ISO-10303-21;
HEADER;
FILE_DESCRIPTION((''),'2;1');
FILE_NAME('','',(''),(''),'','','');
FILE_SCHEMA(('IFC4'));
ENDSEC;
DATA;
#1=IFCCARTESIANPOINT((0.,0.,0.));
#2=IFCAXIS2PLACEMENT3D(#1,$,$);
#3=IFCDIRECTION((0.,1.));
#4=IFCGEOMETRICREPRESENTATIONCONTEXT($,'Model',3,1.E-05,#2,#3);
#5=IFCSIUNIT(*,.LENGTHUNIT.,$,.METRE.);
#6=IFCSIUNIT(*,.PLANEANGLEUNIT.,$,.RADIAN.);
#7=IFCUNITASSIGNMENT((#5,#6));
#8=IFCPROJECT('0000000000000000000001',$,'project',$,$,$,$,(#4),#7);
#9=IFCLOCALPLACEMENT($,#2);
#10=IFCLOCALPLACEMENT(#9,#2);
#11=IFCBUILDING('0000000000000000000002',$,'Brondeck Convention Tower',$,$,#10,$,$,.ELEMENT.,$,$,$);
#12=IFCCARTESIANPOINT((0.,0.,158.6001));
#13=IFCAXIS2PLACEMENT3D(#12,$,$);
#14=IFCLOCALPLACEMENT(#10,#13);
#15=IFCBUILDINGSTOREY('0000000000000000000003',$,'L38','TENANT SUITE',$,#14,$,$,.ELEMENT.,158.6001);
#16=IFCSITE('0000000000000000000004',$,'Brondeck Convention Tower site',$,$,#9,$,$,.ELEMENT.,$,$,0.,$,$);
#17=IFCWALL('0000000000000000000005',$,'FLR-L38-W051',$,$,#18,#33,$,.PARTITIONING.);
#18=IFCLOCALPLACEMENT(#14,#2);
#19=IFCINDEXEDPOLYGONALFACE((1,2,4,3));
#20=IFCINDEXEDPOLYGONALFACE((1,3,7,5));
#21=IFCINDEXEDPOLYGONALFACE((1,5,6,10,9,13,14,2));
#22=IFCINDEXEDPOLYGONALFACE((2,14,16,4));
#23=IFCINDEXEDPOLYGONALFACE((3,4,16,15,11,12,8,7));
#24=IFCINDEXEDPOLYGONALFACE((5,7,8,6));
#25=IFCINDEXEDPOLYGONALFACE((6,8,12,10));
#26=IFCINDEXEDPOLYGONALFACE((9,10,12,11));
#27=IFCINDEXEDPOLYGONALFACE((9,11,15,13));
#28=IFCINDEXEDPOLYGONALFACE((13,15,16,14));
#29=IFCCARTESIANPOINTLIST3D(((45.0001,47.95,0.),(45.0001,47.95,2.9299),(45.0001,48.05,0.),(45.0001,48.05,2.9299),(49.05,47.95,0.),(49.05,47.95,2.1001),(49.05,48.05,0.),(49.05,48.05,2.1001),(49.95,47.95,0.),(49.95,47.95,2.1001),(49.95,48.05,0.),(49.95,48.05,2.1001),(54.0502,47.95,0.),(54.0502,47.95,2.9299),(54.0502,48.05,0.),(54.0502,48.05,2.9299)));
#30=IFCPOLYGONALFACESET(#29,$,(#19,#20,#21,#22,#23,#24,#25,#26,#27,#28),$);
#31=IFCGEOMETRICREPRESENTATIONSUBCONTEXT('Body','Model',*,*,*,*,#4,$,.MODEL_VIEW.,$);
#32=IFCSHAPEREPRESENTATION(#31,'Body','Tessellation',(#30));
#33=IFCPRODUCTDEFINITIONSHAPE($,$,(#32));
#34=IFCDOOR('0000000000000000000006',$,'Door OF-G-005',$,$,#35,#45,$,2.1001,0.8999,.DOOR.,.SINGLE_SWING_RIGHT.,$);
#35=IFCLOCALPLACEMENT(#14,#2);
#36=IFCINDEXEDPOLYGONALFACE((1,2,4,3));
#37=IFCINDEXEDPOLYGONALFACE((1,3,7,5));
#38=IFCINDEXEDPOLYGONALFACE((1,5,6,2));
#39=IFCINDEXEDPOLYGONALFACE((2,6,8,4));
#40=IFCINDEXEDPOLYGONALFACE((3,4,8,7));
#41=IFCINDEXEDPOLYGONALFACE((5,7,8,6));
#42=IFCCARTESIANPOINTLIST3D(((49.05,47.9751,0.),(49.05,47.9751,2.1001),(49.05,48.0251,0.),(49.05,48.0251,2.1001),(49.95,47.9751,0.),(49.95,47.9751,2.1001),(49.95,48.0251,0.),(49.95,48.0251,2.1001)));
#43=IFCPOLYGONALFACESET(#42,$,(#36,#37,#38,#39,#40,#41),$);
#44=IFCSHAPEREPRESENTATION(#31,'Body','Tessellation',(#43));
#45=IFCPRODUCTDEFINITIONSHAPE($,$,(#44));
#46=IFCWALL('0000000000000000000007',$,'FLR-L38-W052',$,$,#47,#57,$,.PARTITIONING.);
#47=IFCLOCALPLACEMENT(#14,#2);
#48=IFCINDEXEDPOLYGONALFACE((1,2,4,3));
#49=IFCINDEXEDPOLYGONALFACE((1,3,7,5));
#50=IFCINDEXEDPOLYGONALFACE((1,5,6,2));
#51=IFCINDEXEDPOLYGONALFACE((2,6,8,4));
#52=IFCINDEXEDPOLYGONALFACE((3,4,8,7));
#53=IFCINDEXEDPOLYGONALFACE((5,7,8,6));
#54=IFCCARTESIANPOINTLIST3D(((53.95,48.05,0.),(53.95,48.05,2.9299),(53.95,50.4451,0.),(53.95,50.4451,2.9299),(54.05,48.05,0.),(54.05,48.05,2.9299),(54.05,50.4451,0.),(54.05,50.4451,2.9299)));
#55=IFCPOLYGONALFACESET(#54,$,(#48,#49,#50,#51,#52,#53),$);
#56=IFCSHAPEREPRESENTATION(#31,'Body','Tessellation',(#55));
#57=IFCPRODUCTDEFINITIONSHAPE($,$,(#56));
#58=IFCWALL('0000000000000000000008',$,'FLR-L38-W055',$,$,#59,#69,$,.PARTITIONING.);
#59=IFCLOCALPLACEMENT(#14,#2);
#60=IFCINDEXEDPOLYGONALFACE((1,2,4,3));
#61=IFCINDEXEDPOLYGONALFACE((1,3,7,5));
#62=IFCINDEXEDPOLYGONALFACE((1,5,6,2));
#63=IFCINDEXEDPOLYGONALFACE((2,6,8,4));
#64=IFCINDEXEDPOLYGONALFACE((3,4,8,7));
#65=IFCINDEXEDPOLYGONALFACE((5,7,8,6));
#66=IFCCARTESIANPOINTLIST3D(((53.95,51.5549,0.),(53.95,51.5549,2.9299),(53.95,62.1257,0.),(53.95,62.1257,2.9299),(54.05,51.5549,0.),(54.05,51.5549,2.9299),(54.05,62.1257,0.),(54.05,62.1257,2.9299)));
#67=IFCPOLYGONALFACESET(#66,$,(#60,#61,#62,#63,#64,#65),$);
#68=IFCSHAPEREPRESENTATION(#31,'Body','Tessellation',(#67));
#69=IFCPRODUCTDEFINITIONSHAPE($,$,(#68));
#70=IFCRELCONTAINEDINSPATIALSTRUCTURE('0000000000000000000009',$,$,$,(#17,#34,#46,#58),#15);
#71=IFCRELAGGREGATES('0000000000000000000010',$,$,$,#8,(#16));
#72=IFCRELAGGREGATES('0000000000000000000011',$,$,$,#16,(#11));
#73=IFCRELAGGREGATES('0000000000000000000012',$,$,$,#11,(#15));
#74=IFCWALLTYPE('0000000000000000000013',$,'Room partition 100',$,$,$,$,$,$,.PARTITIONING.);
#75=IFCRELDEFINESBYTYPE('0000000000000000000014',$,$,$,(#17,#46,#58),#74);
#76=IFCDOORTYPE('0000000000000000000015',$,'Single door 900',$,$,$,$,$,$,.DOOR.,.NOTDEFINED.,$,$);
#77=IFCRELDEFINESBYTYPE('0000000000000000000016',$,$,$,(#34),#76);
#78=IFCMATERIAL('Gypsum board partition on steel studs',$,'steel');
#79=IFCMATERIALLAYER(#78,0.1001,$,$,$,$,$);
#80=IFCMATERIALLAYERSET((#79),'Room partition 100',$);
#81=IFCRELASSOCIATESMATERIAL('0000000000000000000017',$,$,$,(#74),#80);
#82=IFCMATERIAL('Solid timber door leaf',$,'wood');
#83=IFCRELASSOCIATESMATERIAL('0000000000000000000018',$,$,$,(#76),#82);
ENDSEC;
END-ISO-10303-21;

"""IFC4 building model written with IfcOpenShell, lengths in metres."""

from ifc_helpers import new_model, si_unit, direction, frame, frame_2d, origin, place, context, subcontext, project, spatial, rectangle, extrude, material, layer, layer_set, type_object, element, fill, save


model = new_model("IFC4")

# Units and contexts
model_context = context("Model", 3, precision=1e-05, world=origin(), true_north=direction((0.0, 1.0)))
body_context = subcontext(model_context, "Body", "Model", "MODEL_VIEW")
ifc_project = project(units=[si_unit("LENGTHUNIT", "METRE"), si_unit("PLANEANGLEUNIT", "RADIAN")], contexts=[model_context])

# Site, building, storey
site_placement = place(None, origin())
site = spatial("IfcSite", under=ifc_project, at=site_placement, Name="Brondeck Convention Tower site", CompositionType="ELEMENT", RefElevation=0.0)
building_placement = place(site_placement, origin())
building = spatial("IfcBuilding", under=site, at=building_placement, Name="Brondeck Convention Tower", CompositionType="ELEMENT")
storey_placement = place(building_placement, frame((0.0, 0.0, 158.6001)))
storey = spatial("IfcBuildingStorey", under=building, at=storey_placement, Name="L38", Description="TENANT SUITE", CompositionType="ELEMENT", Elevation=158.6001)

# Wall, opening, door
ifc_material_1 = material(Name="Gypsum board partition on steel studs", Category="steel")
ifc_layer_1 = layer(ifc_material_1, 0.1001)
ifc_layer_set_1 = layer_set([ifc_layer_1], Name="Room partition 100")
wall_type_1 = type_object("IfcWallType", Name="Room partition 100", PredefinedType="PARTITIONING", material=ifc_layer_set_1)
wall_1_placement = place(storey_placement, frame((54.05, 48.0, 0.0), z_axis=(0.0, 0.0, 1.0), x_axis=(-1.0, 0.0, 0.0)))
wall_1 = element("IfcWall", 1, at=wall_1_placement, inside=storey, type_object=wall_type_1, Name="FLR-L38-W051", PredefinedType="PARTITIONING", context=body_context, shape_type="SweptSolid", body=[
    extrude(rectangle(XDim=9.05, YDim=0.1001, at=frame_2d((4.5249, 0.0))), origin(), (0.0, 0.0, 1.0), 2.9299),
])
opening_1_placement = place(wall_1_placement, frame((4.1001, 0.0, 0.0)))
opening_1 = element("IfcOpeningElement", 2, at=opening_1_placement, cuts=wall_1, PredefinedType="OPENING", context=body_context, shape_type="SweptSolid", body=[
    extrude(rectangle(XDim=0.8999, YDim=2.1001, at=frame_2d((0.45, 1.05))), frame((0.0, 0.0601, 0.0), z_axis=(0.0, -1.0, 0.0), x_axis=(1.0, 0.0, 0.0)), (0.0, 0.0, 1.0), 0.1201),
])
ifc_material_2 = material(Name="Solid timber door leaf", Category="wood")
door_type = type_object("IfcDoorType", Name="Single door 900", OperationType="NOTDEFINED", PredefinedType="DOOR", material=ifc_material_2)
door_placement = place(opening_1_placement, origin())
door = element("IfcDoor", 3, at=door_placement, inside=storey, type_object=door_type, Name="Door OF-G-005", OperationType="SINGLE_SWING_RIGHT", OverallHeight=2.1001, OverallWidth=0.8999, PredefinedType="DOOR", context=body_context, shape_type="SweptSolid", body=[
    extrude(rectangle(XDim=0.8999, YDim=2.1001, at=frame_2d((0.45, 1.05))), frame((0.0, 0.0249, 0.0), z_axis=(0.0, -1.0, 0.0), x_axis=(1.0, 0.0, 0.0)), (0.0, 0.0, 1.0), 0.05),
])
fill(opening_1, door)

# Walls
wall_2_placement = place(storey_placement, frame((54.0, 50.4451, 0.0), z_axis=(0.0, 0.0, 1.0), x_axis=(0.0, -1.0, 0.0)))
element("IfcWall", 4, at=wall_2_placement, inside=storey, type_object=wall_type_1, Name="FLR-L38-W052", PredefinedType="PARTITIONING", context=body_context, shape_type="SweptSolid", body=[
    extrude(rectangle(XDim=2.395, YDim=0.1001, at=frame_2d((1.1975, 0.0))), origin(), (0.0, 0.0, 1.0), 2.9299),
])
wall_3_placement = place(storey_placement, frame((54.0, 51.5549, 0.0), z_axis=(0.0, 0.0, 1.0), x_axis=(0.0, 1.0, 0.0)))
element("IfcWall", 5, at=wall_3_placement, inside=storey, type_object=wall_type_1, Name="FLR-L38-W055", PredefinedType="PARTITIONING", context=body_context, shape_type="SweptSolid", body=[
    extrude(rectangle(XDim=10.5708, YDim=0.1001, at=frame_2d((5.2854, 0.0))), origin(), (0.0, 0.0, 1.0), 2.9299),
])

save(model, "model.ifc")
